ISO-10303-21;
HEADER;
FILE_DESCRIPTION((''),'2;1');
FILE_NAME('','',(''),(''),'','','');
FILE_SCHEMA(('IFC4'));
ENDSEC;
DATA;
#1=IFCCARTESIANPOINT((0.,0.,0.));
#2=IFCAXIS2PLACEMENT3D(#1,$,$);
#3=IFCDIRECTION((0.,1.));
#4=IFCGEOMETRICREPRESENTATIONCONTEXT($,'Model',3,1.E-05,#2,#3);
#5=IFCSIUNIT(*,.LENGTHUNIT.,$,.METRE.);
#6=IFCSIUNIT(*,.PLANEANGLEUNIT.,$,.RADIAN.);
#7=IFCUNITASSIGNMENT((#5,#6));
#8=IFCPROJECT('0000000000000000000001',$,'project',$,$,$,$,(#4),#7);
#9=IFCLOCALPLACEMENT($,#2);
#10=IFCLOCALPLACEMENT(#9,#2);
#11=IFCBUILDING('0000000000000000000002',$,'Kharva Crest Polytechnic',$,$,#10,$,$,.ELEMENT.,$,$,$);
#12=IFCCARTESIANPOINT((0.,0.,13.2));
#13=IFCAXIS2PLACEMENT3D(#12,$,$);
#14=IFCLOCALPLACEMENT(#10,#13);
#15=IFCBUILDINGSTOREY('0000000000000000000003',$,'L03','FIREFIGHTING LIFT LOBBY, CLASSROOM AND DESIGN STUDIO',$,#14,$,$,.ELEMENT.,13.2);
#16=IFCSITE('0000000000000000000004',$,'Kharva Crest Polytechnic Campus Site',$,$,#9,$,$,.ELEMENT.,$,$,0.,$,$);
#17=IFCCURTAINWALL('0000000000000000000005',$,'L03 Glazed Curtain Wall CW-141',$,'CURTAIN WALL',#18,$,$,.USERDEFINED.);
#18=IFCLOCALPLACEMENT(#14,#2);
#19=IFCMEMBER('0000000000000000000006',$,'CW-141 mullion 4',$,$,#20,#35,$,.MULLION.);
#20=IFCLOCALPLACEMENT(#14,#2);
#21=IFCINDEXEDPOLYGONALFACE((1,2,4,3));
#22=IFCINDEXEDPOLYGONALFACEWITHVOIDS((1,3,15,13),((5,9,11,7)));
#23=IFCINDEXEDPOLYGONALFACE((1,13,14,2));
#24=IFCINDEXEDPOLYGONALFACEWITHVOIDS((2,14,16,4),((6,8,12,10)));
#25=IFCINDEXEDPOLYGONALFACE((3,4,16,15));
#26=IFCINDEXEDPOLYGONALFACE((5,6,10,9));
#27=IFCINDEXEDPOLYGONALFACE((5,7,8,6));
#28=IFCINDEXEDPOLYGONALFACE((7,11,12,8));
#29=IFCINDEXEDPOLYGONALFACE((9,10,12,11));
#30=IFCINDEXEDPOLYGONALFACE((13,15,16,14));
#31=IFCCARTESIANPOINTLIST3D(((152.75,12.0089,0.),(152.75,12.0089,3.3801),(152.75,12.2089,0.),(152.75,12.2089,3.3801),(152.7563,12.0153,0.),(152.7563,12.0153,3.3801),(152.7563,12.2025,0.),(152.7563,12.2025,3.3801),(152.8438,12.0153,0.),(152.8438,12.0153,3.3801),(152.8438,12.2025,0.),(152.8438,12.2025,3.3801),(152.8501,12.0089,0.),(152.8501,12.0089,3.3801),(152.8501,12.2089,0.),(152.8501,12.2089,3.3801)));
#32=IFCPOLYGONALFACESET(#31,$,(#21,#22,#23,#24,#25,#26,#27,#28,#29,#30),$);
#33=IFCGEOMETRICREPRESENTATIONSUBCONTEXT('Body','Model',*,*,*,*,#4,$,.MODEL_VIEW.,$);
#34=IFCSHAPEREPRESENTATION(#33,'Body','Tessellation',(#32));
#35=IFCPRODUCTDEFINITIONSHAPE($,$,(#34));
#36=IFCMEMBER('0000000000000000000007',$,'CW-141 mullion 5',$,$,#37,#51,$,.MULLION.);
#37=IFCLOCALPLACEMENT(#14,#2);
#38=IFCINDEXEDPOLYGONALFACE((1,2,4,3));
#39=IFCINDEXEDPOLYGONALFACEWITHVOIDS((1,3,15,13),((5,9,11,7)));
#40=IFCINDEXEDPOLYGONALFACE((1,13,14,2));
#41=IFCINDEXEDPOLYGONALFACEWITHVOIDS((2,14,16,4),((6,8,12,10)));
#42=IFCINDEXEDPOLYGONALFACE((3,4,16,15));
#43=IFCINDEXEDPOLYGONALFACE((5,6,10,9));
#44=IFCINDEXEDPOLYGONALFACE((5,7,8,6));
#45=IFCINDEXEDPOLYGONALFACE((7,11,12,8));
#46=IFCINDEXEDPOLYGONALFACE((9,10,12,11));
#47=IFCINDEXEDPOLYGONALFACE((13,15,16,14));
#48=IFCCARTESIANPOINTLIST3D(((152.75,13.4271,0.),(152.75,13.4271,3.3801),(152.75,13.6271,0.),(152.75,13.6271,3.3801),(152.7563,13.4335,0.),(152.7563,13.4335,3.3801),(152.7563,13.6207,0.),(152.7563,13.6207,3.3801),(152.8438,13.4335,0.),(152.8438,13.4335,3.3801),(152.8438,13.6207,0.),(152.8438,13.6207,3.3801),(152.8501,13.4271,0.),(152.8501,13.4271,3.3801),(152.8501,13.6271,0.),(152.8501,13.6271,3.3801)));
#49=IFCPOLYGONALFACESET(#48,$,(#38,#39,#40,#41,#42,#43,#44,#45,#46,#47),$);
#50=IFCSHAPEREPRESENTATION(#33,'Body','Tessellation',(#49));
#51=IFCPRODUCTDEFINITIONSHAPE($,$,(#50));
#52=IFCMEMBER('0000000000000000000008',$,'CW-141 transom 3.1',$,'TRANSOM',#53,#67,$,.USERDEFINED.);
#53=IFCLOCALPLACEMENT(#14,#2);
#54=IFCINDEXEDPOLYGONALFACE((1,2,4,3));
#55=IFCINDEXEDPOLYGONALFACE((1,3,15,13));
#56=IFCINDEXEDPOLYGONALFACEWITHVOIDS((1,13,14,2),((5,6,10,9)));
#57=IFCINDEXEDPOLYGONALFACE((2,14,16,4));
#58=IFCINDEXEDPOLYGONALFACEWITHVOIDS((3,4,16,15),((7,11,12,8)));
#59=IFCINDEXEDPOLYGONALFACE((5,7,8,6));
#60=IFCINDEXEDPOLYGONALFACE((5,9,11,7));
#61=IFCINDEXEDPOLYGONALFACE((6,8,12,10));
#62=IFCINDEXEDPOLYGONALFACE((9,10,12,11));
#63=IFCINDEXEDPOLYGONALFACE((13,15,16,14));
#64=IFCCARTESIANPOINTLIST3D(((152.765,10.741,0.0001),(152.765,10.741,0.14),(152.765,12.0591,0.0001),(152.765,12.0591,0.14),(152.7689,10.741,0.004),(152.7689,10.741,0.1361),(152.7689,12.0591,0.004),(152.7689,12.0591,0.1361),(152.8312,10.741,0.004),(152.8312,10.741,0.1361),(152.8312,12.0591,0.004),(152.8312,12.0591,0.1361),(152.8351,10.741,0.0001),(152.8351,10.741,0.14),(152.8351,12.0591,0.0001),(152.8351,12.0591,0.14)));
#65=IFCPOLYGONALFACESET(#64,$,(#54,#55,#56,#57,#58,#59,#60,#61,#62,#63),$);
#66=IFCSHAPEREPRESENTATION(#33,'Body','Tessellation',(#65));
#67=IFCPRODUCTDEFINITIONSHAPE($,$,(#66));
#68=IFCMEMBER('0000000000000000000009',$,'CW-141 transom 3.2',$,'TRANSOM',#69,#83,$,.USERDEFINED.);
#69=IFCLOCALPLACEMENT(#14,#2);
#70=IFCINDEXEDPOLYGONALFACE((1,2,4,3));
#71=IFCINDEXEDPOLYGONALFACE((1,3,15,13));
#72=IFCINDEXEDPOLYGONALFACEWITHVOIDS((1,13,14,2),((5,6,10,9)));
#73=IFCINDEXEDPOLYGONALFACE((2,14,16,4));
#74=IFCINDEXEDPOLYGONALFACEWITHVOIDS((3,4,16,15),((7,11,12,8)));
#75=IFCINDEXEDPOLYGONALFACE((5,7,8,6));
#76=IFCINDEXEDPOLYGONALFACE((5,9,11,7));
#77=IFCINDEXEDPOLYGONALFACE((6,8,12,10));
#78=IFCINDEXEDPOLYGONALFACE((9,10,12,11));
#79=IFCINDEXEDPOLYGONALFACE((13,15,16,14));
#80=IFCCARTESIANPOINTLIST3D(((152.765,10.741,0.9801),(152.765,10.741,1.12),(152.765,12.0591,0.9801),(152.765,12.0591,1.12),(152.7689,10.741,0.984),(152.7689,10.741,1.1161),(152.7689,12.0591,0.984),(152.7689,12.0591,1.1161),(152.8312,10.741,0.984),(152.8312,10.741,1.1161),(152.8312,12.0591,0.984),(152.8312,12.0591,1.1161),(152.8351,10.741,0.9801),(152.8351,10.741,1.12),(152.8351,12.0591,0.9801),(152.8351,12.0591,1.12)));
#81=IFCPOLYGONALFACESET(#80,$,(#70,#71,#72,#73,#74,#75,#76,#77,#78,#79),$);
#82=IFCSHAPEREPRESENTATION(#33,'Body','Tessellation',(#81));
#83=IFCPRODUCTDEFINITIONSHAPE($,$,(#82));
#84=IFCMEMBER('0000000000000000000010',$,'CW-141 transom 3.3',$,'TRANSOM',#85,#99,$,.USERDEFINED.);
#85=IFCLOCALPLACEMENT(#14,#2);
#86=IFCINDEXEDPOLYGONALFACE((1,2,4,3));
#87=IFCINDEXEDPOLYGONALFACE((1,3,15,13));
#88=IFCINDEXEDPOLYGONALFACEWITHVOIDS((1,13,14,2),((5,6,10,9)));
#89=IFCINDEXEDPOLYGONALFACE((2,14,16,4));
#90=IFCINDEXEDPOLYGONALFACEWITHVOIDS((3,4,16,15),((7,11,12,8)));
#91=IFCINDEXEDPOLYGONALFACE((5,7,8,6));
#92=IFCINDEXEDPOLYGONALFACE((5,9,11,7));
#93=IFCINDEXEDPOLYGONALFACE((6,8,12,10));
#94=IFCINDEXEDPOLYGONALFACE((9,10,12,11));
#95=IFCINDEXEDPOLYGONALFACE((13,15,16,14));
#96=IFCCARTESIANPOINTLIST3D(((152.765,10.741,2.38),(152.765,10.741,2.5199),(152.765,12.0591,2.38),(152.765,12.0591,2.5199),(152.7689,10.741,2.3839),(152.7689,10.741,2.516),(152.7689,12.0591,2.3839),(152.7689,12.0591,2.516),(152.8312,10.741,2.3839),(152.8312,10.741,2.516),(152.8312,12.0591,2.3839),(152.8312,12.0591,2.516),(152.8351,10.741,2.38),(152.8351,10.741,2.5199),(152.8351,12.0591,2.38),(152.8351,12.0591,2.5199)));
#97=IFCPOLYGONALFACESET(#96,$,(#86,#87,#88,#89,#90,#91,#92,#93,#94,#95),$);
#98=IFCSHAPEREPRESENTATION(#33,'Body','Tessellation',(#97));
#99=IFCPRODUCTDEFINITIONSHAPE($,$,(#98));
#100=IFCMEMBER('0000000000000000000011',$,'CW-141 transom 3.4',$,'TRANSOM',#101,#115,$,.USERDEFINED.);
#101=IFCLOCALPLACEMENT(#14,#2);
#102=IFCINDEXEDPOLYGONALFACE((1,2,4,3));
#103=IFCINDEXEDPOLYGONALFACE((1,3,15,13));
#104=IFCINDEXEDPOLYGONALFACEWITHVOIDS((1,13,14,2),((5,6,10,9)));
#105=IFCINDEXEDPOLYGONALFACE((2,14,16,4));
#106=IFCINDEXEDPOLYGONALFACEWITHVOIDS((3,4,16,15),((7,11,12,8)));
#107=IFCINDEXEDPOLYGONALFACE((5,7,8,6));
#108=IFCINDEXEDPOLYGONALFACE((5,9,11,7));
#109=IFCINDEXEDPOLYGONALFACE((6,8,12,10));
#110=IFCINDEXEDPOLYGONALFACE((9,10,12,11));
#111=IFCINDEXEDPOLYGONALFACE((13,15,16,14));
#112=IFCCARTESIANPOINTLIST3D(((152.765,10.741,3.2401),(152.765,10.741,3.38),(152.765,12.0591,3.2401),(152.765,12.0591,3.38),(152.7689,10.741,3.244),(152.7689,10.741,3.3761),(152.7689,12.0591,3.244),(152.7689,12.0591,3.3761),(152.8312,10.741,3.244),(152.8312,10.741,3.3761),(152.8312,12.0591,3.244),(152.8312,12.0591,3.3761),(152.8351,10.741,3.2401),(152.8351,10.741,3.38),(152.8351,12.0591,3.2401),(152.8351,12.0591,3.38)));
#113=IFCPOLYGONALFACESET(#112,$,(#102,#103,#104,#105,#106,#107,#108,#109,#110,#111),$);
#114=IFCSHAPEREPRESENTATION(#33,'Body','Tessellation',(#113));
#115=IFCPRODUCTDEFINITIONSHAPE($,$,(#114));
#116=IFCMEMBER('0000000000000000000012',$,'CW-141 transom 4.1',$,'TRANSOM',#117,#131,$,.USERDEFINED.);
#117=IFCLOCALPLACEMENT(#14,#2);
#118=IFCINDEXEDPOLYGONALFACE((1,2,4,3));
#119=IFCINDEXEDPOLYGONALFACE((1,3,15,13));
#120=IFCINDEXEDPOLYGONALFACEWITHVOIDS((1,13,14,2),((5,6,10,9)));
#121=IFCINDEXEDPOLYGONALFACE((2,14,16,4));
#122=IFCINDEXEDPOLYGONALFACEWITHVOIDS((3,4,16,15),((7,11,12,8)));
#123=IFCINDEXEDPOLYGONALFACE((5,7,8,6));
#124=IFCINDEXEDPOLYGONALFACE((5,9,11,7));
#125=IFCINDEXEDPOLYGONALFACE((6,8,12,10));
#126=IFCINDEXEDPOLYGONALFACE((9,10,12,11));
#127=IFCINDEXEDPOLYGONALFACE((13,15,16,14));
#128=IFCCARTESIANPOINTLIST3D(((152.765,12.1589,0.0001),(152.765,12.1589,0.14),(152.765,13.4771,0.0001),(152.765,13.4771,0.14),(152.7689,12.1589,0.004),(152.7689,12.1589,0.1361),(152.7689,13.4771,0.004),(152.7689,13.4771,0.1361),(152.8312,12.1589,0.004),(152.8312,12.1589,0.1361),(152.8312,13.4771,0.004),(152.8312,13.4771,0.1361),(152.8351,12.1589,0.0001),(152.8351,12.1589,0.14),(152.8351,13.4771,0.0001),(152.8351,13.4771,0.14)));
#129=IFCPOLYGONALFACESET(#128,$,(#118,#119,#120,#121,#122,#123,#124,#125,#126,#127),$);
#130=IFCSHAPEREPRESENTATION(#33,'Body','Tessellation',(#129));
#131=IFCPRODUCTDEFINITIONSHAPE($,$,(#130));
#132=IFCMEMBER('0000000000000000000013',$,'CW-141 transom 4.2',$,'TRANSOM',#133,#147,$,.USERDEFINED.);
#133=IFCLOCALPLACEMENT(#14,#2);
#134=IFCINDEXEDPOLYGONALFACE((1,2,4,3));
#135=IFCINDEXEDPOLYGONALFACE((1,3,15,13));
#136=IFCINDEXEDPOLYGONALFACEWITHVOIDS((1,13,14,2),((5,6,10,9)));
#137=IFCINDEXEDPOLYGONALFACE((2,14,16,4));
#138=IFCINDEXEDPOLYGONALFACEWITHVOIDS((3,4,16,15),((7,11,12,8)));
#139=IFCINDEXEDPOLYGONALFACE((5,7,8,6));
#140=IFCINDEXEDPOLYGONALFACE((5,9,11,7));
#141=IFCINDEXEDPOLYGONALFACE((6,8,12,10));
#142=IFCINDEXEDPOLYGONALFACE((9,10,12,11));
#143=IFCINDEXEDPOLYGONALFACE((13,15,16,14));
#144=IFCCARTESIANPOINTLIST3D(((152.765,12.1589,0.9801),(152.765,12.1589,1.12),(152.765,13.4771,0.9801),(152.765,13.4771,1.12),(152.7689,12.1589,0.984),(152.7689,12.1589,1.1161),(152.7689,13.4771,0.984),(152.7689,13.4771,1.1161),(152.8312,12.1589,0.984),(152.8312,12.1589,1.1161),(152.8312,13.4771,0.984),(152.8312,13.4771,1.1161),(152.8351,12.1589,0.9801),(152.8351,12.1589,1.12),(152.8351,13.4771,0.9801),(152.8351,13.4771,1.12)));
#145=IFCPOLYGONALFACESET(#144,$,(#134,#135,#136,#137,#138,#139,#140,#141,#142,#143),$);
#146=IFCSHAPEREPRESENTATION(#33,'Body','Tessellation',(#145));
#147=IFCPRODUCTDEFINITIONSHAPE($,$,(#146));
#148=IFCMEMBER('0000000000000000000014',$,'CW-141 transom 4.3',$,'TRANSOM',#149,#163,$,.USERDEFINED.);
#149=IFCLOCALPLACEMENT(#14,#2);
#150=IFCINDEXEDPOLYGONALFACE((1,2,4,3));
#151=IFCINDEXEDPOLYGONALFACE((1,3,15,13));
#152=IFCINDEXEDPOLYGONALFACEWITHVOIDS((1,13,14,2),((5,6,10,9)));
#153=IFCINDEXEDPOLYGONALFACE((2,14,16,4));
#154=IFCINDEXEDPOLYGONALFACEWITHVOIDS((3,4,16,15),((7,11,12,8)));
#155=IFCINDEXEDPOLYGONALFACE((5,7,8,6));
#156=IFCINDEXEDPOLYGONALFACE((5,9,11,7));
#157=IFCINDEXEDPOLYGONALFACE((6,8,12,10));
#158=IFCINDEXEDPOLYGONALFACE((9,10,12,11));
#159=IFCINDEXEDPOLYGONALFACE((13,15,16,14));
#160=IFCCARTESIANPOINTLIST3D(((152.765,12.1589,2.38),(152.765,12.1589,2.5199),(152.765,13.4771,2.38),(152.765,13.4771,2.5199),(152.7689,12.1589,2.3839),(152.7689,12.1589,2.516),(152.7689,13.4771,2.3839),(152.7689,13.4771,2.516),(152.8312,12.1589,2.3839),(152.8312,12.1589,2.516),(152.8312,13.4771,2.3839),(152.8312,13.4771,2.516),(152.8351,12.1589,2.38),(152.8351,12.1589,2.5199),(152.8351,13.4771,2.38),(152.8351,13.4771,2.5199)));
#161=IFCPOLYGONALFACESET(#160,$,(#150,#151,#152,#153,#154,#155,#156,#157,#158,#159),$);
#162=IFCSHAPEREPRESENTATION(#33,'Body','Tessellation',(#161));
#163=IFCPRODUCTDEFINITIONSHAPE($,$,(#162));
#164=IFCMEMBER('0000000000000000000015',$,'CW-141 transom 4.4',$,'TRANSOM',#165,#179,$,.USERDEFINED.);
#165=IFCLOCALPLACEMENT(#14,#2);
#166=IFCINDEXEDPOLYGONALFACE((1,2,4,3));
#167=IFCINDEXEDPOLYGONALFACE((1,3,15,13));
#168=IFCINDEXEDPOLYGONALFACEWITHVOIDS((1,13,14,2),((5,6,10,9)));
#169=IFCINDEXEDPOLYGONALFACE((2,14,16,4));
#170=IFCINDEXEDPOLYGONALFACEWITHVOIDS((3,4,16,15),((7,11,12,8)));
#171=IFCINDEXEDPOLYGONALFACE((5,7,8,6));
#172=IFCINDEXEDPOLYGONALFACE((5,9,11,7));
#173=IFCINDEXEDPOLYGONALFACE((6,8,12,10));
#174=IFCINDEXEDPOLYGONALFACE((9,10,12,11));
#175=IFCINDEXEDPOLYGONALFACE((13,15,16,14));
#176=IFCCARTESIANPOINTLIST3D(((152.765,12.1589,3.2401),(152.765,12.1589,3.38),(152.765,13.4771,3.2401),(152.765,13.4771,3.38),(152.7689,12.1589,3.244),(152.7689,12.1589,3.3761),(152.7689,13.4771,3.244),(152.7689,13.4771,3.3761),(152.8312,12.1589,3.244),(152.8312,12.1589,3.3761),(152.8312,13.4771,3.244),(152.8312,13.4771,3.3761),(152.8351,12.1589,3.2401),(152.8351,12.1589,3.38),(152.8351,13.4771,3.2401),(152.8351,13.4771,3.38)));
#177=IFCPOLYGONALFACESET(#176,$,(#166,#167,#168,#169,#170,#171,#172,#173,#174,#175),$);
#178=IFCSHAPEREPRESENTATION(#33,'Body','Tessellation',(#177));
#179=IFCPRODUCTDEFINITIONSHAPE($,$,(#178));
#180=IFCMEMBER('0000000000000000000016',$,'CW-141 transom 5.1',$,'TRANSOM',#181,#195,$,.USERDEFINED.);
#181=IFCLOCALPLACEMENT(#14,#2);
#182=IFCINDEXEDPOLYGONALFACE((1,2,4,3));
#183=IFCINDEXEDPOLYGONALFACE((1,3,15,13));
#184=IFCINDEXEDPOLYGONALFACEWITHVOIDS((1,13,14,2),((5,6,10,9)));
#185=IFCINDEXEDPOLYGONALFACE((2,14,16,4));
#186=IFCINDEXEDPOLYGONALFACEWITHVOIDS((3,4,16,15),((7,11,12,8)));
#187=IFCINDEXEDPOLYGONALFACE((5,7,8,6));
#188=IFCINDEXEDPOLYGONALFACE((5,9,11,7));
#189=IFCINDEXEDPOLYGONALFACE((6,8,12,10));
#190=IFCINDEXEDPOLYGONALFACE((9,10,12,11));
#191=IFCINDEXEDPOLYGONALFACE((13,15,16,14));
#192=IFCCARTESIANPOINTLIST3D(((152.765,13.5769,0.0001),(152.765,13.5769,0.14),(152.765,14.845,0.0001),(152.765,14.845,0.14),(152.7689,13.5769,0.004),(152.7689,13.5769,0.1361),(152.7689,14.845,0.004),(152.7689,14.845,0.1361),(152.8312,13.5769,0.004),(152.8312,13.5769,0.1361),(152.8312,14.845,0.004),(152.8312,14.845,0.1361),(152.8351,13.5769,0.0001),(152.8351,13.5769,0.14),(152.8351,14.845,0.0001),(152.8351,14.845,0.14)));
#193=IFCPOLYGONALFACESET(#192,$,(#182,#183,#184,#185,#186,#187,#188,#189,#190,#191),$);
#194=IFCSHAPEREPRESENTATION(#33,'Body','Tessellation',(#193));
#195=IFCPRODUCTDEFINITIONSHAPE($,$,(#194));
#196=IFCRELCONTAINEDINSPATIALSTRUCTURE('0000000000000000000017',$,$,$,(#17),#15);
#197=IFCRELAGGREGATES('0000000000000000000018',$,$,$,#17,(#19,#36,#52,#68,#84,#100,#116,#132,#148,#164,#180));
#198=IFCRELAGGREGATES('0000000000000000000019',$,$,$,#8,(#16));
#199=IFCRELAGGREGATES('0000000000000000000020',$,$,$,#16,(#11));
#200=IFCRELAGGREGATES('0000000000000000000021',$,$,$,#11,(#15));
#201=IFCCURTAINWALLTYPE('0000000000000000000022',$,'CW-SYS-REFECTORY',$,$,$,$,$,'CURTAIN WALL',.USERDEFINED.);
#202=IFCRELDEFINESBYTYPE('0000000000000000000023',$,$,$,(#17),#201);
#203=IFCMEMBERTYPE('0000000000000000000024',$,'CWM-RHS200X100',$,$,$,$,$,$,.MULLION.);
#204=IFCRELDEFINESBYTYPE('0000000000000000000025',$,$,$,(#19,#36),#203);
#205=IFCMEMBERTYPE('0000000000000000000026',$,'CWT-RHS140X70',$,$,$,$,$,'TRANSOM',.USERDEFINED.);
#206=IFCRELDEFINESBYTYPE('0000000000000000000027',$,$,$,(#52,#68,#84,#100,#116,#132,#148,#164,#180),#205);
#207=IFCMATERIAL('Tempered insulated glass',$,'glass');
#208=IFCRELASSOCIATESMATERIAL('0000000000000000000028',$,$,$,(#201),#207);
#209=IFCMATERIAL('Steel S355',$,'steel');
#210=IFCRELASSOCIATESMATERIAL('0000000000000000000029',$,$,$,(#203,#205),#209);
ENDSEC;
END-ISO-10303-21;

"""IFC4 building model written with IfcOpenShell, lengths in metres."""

from ifc_helpers import new_model, si_unit, direction, frame, origin, origin_2d, place, context, subcontext, project, spatial, hollow_rectangle, extrude, material, material_profile, profile_set, type_object, element, aggregate, save


model = new_model("IFC4")

# Units and contexts
model_context = context("Model", 3, precision=1e-05, world=origin(), true_north=direction((0.0, 1.0)))
body_context = subcontext(model_context, "Body", "Model", "MODEL_VIEW")
ifc_project = project(units=[si_unit("LENGTHUNIT", "METRE"), si_unit("PLANEANGLEUNIT", "RADIAN")], contexts=[model_context])

# Site, building, storey
site_placement = place(None, origin())
site = spatial("IfcSite", under=ifc_project, at=site_placement, Name="Kharva Crest Polytechnic Campus Site", CompositionType="ELEMENT", RefElevation=0.0)
building_placement = place(site_placement, origin())
building = spatial("IfcBuilding", under=site, at=building_placement, Name="Kharva Crest Polytechnic", CompositionType="ELEMENT")
storey_placement = place(building_placement, frame((0.0, 0.0, 13.2)))
storey = spatial("IfcBuildingStorey", under=building, at=storey_placement, Name="L03", Description="FIREFIGHTING LIFT LOBBY, CLASSROOM AND DESIGN STUDIO", CompositionType="ELEMENT", Elevation=13.2)

# Curtain wall, members
ifc_material_1 = material(Name="Tempered insulated glass", Category="glass")
curtain_wall_type = type_object("IfcCurtainWallType", Name="CW-SYS-REFECTORY", ElementType="CURTAIN WALL", PredefinedType="USERDEFINED", material=ifc_material_1)
curtain_wall_placement = place(storey_placement, origin())
curtain_wall = element("IfcCurtainWall", 1, at=curtain_wall_placement, inside=storey, type_object=curtain_wall_type, Name="L03 Glazed Curtain Wall CW-141", ObjectType="CURTAIN WALL", PredefinedType="USERDEFINED")
ifc_material_2 = material(Name="Steel S355", Category="steel")
ifc_material_profile_1 = material_profile(ifc_material_2, hollow_rectangle(XDim=0.1001, YDim=0.2, WallThickness=0.0063, at=origin_2d()), Name="RHS 200X100X6.3")
ifc_profile_set_1 = profile_set([ifc_material_profile_1], Name="Steel S355")
member_type_1 = type_object("IfcMemberType", Name="CWM-RHS200X100", PredefinedType="MULLION", material=ifc_profile_set_1)
member_1_placement = place(storey_placement, frame((152.8, 12.1089, 0.0), z_axis=(0.0, 0.0, 1.0), x_axis=(-1.0, 0.0, 0.0)))
member_1 = element("IfcMember", 2, at=member_1_placement, type_object=member_type_1, Name="CW-141 mullion 4", PredefinedType="MULLION", context=body_context, shape_type="SweptSolid", body=[
    extrude(hollow_rectangle(XDim=0.1001, YDim=0.2, WallThickness=0.0063, at=origin_2d()), origin(), (0.0, 0.0, 1.0), 3.3801),
])
member_2_placement = place(storey_placement, frame((152.8, 13.5271, 0.0), z_axis=(0.0, 0.0, 1.0), x_axis=(-1.0, 0.0, 0.0)))
member_2 = element("IfcMember", 3, at=member_2_placement, type_object=member_type_1, Name="CW-141 mullion 5", PredefinedType="MULLION", context=body_context, shape_type="SweptSolid", body=[
    extrude(hollow_rectangle(XDim=0.1001, YDim=0.2, WallThickness=0.0063, at=origin_2d()), origin(), (0.0, 0.0, 1.0), 3.3801),
])
ifc_material_profile_2 = material_profile(ifc_material_2, hollow_rectangle(XDim=0.0701, YDim=0.1399, WallThickness=0.0039, at=origin_2d()), Name="RHS 140X70X4.0")
ifc_profile_set_2 = profile_set([ifc_material_profile_2], Name="Steel S355")
member_type_2 = type_object("IfcMemberType", Name="CWT-RHS140X70", ElementType="TRANSOM", PredefinedType="USERDEFINED", material=ifc_profile_set_2)
member_3_placement = place(storey_placement, frame((152.8, 10.741, 0.0701), z_axis=(0.0, 1.0, 0.0), x_axis=(-1.0, 0.0, 0.0)))
member_3 = element("IfcMember", 4, at=member_3_placement, type_object=member_type_2, Name="CW-141 transom 3.1", ObjectType="TRANSOM", PredefinedType="USERDEFINED", context=body_context, shape_type="SweptSolid", body=[
    extrude(hollow_rectangle(XDim=0.0701, YDim=0.1399, WallThickness=0.0039, at=origin_2d()), origin(), (0.0, 0.0, 1.0), 1.3181),
])
member_4_placement = place(storey_placement, frame((152.8, 10.741, 1.05), z_axis=(0.0, 1.0, 0.0), x_axis=(-1.0, 0.0, 0.0)))
member_4 = element("IfcMember", 5, at=member_4_placement, type_object=member_type_2, Name="CW-141 transom 3.2", ObjectType="TRANSOM", PredefinedType="USERDEFINED", context=body_context, shape_type="SweptSolid", body=[
    extrude(hollow_rectangle(XDim=0.0701, YDim=0.1399, WallThickness=0.0039, at=origin_2d()), origin(), (0.0, 0.0, 1.0), 1.3181),
])
member_5_placement = place(storey_placement, frame((152.8, 10.741, 2.45), z_axis=(0.0, 1.0, 0.0), x_axis=(-1.0, 0.0, 0.0)))
member_5 = element("IfcMember", 6, at=member_5_placement, type_object=member_type_2, Name="CW-141 transom 3.3", ObjectType="TRANSOM", PredefinedType="USERDEFINED", context=body_context, shape_type="SweptSolid", body=[
    extrude(hollow_rectangle(XDim=0.0701, YDim=0.1399, WallThickness=0.0039, at=origin_2d()), origin(), (0.0, 0.0, 1.0), 1.3181),
])
member_6_placement = place(storey_placement, frame((152.8, 10.741, 3.3101), z_axis=(0.0, 1.0, 0.0), x_axis=(-1.0, 0.0, 0.0)))
member_6 = element("IfcMember", 7, at=member_6_placement, type_object=member_type_2, Name="CW-141 transom 3.4", ObjectType="TRANSOM", PredefinedType="USERDEFINED", context=body_context, shape_type="SweptSolid", body=[
    extrude(hollow_rectangle(XDim=0.0701, YDim=0.1399, WallThickness=0.0039, at=origin_2d()), origin(), (0.0, 0.0, 1.0), 1.3181),
])
member_7_placement = place(storey_placement, frame((152.8, 12.1589, 0.0701), z_axis=(0.0, 1.0, 0.0), x_axis=(-1.0, 0.0, 0.0)))
member_7 = element("IfcMember", 8, at=member_7_placement, type_object=member_type_2, Name="CW-141 transom 4.1", ObjectType="TRANSOM", PredefinedType="USERDEFINED", context=body_context, shape_type="SweptSolid", body=[
    extrude(hollow_rectangle(XDim=0.0701, YDim=0.1399, WallThickness=0.0039, at=origin_2d()), origin(), (0.0, 0.0, 1.0), 1.3181),
])
member_8_placement = place(storey_placement, frame((152.8, 12.1589, 1.05), z_axis=(0.0, 1.0, 0.0), x_axis=(-1.0, 0.0, 0.0)))
member_8 = element("IfcMember", 9, at=member_8_placement, type_object=member_type_2, Name="CW-141 transom 4.2", ObjectType="TRANSOM", PredefinedType="USERDEFINED", context=body_context, shape_type="SweptSolid", body=[
    extrude(hollow_rectangle(XDim=0.0701, YDim=0.1399, WallThickness=0.0039, at=origin_2d()), origin(), (0.0, 0.0, 1.0), 1.3181),
])
member_9_placement = place(storey_placement, frame((152.8, 12.1589, 2.45), z_axis=(0.0, 1.0, 0.0), x_axis=(-1.0, 0.0, 0.0)))
member_9 = element("IfcMember", 10, at=member_9_placement, type_object=member_type_2, Name="CW-141 transom 4.3", ObjectType="TRANSOM", PredefinedType="USERDEFINED", context=body_context, shape_type="SweptSolid", body=[
    extrude(hollow_rectangle(XDim=0.0701, YDim=0.1399, WallThickness=0.0039, at=origin_2d()), origin(), (0.0, 0.0, 1.0), 1.3181),
])
member_10_placement = place(storey_placement, frame((152.8, 12.1589, 3.3101), z_axis=(0.0, 1.0, 0.0), x_axis=(-1.0, 0.0, 0.0)))
member_10 = element("IfcMember", 11, at=member_10_placement, type_object=member_type_2, Name="CW-141 transom 4.4", ObjectType="TRANSOM", PredefinedType="USERDEFINED", context=body_context, shape_type="SweptSolid", body=[
    extrude(hollow_rectangle(XDim=0.0701, YDim=0.1399, WallThickness=0.0039, at=origin_2d()), origin(), (0.0, 0.0, 1.0), 1.3181),
])
member_11_placement = place(storey_placement, frame((152.8, 13.5769, 0.0701), z_axis=(0.0, 1.0, 0.0), x_axis=(-1.0, 0.0, 0.0)))
member_11 = element("IfcMember", 12, at=member_11_placement, type_object=member_type_2, Name="CW-141 transom 5.1", ObjectType="TRANSOM", PredefinedType="USERDEFINED", context=body_context, shape_type="SweptSolid", body=[
    extrude(hollow_rectangle(XDim=0.0701, YDim=0.1399, WallThickness=0.0039, at=origin_2d()), origin(), (0.0, 0.0, 1.0), 1.2681),
])
aggregate(curtain_wall, [member_1, member_2, member_3, member_4, member_5, member_6, member_7, member_8, member_9, member_10, member_11])

save(model, "model.ifc")
